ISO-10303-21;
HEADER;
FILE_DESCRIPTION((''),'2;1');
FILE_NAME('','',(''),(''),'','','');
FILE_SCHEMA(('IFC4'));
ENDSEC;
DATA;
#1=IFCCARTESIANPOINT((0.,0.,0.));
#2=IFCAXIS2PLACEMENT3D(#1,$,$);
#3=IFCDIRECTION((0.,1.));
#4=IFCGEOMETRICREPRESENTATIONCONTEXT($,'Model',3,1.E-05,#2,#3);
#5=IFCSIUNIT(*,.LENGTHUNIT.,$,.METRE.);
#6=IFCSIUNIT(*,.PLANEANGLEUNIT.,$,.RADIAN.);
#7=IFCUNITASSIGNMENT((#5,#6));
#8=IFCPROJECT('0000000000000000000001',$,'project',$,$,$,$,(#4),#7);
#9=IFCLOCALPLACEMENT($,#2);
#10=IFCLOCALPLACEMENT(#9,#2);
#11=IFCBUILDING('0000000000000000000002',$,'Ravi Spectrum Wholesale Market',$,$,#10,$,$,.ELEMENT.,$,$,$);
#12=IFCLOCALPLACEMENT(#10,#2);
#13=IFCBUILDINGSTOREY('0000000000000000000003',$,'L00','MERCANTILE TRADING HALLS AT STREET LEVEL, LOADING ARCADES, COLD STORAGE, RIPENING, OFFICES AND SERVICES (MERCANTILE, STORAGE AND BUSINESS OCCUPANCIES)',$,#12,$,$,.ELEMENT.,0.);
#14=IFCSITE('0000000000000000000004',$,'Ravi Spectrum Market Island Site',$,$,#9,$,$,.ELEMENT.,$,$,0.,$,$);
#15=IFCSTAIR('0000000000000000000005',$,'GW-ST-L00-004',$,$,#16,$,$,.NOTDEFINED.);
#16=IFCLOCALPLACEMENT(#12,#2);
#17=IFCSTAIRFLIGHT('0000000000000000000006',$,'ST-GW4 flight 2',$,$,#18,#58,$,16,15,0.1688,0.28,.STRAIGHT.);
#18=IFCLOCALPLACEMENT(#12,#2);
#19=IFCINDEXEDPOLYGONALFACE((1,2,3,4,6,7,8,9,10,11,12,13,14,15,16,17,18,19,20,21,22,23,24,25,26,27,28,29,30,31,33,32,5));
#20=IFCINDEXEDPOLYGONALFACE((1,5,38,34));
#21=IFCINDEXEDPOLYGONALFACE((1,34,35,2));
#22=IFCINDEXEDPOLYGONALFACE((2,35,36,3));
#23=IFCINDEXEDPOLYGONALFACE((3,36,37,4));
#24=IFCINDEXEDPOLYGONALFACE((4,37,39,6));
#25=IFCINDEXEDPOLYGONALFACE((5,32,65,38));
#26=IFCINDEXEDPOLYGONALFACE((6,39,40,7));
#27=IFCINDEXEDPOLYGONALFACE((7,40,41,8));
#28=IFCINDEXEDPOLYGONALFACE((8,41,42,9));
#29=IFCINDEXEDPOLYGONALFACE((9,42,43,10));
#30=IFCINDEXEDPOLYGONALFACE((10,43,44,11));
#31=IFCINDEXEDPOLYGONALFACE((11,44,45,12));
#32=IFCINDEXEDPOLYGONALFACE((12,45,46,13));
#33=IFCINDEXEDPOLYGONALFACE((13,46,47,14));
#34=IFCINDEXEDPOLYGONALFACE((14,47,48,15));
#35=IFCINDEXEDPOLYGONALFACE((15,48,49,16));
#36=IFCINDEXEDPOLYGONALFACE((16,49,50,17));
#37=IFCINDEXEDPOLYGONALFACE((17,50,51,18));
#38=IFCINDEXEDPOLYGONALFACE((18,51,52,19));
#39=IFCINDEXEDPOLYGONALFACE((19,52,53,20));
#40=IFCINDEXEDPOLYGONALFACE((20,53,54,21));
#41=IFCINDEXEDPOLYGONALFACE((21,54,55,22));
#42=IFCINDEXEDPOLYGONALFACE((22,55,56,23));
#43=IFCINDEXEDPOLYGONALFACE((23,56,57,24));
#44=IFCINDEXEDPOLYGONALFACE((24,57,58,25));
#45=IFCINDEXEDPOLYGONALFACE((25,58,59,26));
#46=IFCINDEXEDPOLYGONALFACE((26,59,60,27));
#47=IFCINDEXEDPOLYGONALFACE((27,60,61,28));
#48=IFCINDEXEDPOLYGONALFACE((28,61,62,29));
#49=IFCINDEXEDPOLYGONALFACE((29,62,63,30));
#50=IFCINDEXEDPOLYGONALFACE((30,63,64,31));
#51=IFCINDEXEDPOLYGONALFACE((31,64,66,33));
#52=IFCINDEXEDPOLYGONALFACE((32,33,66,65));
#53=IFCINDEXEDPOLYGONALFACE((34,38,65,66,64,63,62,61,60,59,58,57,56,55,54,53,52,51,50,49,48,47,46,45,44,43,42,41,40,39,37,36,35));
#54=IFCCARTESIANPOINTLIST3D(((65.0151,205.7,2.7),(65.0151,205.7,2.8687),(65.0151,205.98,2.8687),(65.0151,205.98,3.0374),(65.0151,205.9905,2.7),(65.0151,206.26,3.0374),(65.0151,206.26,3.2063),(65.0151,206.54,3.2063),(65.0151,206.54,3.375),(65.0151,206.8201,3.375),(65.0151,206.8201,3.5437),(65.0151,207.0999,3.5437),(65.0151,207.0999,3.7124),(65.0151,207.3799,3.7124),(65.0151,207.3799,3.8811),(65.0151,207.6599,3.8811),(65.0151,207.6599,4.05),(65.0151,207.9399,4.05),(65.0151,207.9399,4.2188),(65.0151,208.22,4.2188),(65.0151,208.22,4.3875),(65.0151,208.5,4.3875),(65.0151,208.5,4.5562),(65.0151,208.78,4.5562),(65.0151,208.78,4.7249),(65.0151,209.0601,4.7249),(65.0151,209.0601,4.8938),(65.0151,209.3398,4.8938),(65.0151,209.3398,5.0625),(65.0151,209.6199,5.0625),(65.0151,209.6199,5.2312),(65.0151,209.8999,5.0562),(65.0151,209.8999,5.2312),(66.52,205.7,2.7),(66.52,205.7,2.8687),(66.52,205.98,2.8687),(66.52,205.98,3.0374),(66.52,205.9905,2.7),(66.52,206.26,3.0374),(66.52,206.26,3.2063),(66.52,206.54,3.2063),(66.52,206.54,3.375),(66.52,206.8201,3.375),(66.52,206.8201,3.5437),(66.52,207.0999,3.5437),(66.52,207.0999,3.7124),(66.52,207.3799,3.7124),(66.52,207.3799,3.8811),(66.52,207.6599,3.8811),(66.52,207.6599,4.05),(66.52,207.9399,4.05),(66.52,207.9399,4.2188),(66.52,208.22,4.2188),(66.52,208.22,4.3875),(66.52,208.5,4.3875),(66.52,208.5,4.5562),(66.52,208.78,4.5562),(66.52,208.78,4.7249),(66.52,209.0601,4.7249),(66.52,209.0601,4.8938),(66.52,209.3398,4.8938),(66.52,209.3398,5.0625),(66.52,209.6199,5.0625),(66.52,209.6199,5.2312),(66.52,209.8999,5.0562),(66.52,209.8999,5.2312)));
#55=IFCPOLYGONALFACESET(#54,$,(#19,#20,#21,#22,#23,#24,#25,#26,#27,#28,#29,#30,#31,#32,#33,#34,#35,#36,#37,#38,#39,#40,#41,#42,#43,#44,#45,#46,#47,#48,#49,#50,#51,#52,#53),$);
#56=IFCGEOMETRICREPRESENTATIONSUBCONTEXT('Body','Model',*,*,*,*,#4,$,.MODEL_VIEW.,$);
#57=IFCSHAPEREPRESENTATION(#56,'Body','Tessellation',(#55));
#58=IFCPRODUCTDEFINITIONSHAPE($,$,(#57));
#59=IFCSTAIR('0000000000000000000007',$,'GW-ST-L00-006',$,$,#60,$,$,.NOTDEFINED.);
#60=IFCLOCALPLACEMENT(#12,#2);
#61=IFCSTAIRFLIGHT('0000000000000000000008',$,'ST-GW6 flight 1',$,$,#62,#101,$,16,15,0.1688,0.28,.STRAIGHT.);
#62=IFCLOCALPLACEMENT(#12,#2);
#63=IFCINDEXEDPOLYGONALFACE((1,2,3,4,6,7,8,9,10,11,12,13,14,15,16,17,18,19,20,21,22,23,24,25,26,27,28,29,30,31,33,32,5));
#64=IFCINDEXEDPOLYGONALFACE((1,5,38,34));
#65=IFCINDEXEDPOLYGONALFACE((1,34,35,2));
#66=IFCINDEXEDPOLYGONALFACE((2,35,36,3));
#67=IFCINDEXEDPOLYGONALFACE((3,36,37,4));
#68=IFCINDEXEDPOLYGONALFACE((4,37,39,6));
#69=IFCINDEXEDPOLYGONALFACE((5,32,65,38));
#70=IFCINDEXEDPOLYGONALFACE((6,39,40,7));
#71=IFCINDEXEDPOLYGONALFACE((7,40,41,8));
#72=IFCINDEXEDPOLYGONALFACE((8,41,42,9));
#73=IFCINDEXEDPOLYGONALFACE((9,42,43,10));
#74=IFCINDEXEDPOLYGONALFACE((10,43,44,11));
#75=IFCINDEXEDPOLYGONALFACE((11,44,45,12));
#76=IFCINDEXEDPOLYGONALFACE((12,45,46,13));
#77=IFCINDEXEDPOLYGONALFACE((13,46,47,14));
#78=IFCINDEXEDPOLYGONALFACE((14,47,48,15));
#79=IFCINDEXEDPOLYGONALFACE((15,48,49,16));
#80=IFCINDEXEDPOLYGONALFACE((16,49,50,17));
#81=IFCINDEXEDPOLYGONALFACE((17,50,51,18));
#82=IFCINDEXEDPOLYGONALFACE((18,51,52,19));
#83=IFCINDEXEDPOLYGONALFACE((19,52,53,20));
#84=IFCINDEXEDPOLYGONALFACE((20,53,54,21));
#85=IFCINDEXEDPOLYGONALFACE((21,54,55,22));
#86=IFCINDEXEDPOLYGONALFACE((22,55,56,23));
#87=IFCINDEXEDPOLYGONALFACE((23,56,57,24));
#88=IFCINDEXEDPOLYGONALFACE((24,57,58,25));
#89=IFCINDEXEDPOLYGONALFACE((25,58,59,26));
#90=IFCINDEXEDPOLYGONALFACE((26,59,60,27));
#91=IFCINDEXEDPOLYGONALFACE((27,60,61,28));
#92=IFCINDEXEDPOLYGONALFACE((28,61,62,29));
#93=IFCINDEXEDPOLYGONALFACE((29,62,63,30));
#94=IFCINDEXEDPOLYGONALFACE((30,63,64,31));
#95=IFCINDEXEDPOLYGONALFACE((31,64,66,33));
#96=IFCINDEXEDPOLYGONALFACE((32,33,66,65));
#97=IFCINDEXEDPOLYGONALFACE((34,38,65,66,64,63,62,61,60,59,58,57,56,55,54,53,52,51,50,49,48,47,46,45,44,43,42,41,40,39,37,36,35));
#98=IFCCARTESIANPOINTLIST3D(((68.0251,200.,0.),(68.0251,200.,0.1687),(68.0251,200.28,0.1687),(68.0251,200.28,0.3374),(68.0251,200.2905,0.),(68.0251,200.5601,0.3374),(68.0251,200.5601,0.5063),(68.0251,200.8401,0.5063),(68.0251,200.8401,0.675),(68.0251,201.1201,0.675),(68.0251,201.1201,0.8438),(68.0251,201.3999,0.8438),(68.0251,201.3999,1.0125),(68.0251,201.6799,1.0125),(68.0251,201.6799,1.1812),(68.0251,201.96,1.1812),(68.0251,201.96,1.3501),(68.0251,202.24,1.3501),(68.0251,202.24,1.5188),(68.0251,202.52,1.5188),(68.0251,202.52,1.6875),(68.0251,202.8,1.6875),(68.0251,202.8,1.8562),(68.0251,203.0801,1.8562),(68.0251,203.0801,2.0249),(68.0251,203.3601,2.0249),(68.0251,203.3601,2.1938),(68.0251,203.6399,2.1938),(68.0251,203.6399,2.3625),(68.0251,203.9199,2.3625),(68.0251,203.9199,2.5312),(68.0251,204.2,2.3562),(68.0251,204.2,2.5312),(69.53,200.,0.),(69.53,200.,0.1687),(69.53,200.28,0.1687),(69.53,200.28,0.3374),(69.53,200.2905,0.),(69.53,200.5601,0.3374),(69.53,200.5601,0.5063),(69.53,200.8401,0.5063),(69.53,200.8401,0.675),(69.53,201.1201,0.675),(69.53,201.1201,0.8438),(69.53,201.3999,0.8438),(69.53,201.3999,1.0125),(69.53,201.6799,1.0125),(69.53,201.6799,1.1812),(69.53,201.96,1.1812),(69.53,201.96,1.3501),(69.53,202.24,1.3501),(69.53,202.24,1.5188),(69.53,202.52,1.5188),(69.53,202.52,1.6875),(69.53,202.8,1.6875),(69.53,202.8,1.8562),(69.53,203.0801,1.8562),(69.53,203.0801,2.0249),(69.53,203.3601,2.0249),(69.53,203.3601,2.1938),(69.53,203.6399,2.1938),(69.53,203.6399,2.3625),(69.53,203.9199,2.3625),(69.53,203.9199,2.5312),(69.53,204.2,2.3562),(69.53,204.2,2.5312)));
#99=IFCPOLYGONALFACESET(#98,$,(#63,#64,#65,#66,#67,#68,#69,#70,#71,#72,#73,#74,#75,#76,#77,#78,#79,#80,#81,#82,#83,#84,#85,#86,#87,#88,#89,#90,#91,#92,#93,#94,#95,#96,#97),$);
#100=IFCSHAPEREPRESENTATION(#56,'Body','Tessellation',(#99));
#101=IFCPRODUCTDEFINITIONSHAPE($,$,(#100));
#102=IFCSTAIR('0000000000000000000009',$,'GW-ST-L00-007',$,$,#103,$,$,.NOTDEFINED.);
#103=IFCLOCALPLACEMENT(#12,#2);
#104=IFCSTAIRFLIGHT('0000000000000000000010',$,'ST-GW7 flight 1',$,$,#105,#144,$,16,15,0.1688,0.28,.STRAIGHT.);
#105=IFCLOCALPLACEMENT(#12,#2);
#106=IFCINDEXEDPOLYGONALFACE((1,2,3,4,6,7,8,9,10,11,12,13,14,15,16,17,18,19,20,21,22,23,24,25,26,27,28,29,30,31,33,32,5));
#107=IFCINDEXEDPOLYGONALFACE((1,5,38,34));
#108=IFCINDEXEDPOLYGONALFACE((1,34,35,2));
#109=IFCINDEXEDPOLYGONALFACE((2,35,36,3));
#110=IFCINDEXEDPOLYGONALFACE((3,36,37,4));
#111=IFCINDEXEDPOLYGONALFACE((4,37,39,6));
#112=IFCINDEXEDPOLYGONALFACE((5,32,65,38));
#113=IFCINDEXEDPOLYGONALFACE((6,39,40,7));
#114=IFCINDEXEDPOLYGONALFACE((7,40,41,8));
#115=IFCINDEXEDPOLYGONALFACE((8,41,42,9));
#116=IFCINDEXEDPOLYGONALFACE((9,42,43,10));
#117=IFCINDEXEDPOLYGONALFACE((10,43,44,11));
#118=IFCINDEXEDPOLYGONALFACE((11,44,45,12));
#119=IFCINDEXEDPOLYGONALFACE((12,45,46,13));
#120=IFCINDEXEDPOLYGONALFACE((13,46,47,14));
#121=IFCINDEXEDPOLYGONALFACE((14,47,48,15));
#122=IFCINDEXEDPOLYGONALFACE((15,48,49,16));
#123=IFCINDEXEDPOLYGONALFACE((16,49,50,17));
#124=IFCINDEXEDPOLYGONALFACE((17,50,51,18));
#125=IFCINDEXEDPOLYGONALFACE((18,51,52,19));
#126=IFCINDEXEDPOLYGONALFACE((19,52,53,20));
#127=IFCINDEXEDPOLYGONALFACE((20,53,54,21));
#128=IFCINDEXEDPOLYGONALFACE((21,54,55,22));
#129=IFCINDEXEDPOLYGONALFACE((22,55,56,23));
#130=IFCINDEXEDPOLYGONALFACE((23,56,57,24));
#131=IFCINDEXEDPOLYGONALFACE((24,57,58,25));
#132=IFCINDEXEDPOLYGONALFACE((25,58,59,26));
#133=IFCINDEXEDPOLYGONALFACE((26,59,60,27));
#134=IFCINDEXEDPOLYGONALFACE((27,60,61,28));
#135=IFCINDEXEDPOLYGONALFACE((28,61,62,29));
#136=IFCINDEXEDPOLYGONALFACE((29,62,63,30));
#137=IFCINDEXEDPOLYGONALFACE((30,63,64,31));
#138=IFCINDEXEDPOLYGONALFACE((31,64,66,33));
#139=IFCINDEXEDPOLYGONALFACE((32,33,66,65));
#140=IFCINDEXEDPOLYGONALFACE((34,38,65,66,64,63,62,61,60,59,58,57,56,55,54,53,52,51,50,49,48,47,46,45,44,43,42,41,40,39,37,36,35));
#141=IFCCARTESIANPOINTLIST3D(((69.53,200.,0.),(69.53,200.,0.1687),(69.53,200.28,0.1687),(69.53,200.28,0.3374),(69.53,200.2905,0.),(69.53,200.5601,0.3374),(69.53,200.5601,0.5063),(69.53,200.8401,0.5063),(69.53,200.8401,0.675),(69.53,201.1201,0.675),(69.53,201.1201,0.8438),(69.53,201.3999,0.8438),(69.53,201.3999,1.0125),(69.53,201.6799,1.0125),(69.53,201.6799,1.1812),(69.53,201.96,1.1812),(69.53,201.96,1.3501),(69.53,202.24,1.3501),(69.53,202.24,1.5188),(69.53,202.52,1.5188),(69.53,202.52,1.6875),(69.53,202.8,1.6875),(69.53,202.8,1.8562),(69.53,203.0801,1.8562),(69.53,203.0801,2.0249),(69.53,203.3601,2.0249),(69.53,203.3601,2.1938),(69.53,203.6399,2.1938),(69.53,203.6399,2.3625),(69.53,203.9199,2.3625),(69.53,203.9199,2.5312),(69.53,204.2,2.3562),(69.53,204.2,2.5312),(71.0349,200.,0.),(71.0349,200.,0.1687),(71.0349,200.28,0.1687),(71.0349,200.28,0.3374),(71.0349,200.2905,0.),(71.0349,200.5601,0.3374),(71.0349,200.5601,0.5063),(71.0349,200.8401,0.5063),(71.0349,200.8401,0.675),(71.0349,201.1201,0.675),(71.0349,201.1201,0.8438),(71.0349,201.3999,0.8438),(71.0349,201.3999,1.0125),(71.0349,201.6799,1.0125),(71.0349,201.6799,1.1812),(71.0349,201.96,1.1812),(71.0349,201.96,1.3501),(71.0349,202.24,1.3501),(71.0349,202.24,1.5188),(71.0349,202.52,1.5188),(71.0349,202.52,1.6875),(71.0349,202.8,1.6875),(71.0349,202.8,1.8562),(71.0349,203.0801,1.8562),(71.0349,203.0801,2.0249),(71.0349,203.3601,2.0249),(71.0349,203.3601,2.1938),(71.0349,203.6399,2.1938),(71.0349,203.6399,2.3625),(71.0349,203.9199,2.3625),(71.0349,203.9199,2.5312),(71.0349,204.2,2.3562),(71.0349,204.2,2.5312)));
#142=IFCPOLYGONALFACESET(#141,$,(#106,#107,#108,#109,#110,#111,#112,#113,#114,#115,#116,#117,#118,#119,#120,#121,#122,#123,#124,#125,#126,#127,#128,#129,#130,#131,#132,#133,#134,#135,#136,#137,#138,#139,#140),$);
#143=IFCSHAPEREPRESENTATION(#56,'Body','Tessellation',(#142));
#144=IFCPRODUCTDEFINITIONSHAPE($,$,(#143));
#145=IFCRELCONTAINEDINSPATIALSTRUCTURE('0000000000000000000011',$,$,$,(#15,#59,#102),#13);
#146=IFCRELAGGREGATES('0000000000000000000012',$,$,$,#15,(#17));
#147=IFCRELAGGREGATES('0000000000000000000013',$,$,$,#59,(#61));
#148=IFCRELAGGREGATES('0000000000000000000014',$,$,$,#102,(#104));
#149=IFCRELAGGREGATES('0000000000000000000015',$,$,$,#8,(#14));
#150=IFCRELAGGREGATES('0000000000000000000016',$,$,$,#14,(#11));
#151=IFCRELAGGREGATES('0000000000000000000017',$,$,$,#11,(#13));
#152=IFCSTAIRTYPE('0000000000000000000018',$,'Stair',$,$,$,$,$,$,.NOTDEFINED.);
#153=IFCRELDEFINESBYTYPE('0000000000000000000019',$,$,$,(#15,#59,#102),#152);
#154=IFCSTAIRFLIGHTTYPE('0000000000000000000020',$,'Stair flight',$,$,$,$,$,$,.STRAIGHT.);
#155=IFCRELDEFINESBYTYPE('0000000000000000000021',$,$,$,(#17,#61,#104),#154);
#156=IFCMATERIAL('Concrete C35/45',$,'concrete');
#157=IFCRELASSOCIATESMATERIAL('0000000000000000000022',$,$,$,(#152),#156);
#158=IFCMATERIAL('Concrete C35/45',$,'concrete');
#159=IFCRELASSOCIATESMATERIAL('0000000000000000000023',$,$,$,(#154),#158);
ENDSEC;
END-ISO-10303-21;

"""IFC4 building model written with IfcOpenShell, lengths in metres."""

from ifc_helpers import new_model, si_unit, direction, frame, origin, place, context, subcontext, project, spatial, polyline, outline, extrude, material, type_object, element, aggregate, save


model = new_model("IFC4")

# Units and contexts
model_context = context("Model", 3, precision=1e-05, world=origin(), true_north=direction((0.0, 1.0)))
body_context = subcontext(model_context, "Body", "Model", "MODEL_VIEW")
ifc_project = project(units=[si_unit("LENGTHUNIT", "METRE"), si_unit("PLANEANGLEUNIT", "RADIAN")], contexts=[model_context])

# Site, building, storey
site_placement = place(None, origin())
site = spatial("IfcSite", under=ifc_project, at=site_placement, Name="Ravi Spectrum Market Island Site", CompositionType="ELEMENT", RefElevation=0.0)
building_placement = place(site_placement, origin())
building = spatial("IfcBuilding", under=site, at=building_placement, Name="Ravi Spectrum Wholesale Market", CompositionType="ELEMENT")
storey_placement = place(building_placement, origin())
storey = spatial("IfcBuildingStorey", under=building, at=storey_placement, Name="L00", Description="MERCANTILE TRADING HALLS AT STREET LEVEL, LOADING ARCADES, COLD STORAGE, RIPENING, OFFICES AND SERVICES (MERCANTILE, STORAGE AND BUSINESS OCCUPANCIES)", CompositionType="ELEMENT", Elevation=0.0)

# Stairs, stair flights
ifc_material_1 = material(Name="Concrete C35/45", Category="concrete")
stair_type = type_object("IfcStairType", Name="Stair", PredefinedType="NOTDEFINED", material=ifc_material_1)
stair_1_placement = place(storey_placement, origin())
stair_1 = element("IfcStair", 1, at=stair_1_placement, inside=storey, type_object=stair_type, Name="GW-ST-L00-004", PredefinedType="NOTDEFINED")
ifc_material_2 = material(Name="Concrete C35/45", Category="concrete")
stair_flight_type = type_object("IfcStairFlightType", Name="Stair flight", PredefinedType="STRAIGHT", material=ifc_material_2)
stair_flight_1_placement = place(storey_placement, frame((65.7676, 205.7, 2.7), z_axis=(0.0, 0.0, 1.0), x_axis=(0.0, 1.0, 0.0)))
stair_flight_1 = element("IfcStairFlight", 2, at=stair_flight_1_placement, type_object=stair_flight_type, Name="ST-GW4 flight 2", NumberOfRisers=16, NumberOfTreads=15, PredefinedType="STRAIGHT", RiserHeight=0.1688, TreadLength=0.28, context=body_context, shape_type="SweptSolid", body=[
    extrude(outline(polyline([(0.0, 0.0), (0.0, 0.1687), (0.28, 0.1687), (0.28, 0.3374), (0.5601, 0.3374), (0.5601, 0.5063), (0.8401, 0.5063), (0.8401, 0.675), (1.1201, 0.675), (1.1201, 0.8438), (1.3999, 0.8438), (1.3999, 1.0125), (1.6799, 1.0125), (1.6799, 1.1812), (1.96, 1.1812), (1.96, 1.3501), (2.24, 1.3501), (2.24, 1.5188), (2.52, 1.5188), (2.52, 1.6875), (2.8, 1.6875), (2.8, 1.8562), (3.0801, 1.8562), (3.0801, 2.0249), (3.3601, 2.0249), (3.3601, 2.1938), (3.6399, 2.1938), (3.6399, 2.3625), (3.9199, 2.3625), (3.9199, 2.5312), (4.2, 2.5312), (4.2, 2.7), (4.2, 2.3562), (0.2905, 0.0), (0.0, 0.0)])), frame((0.0, 0.7524, 0.0), z_axis=(0.0, -1.0, 0.0), x_axis=(1.0, 0.0, 0.0)), (0.0, 0.0, 1.0), 1.5049),
])
aggregate(stair_1, [stair_flight_1])
stair_2_placement = place(storey_placement, origin())
stair_2 = element("IfcStair", 3, at=stair_2_placement, inside=storey, type_object=stair_type, Name="GW-ST-L00-006", PredefinedType="NOTDEFINED")
stair_flight_2_placement = place(storey_placement, frame((68.7776, 200.0, 0.0), z_axis=(0.0, 0.0, 1.0), x_axis=(0.0, 1.0, 0.0)))
stair_flight_2 = element("IfcStairFlight", 4, at=stair_flight_2_placement, type_object=stair_flight_type, Name="ST-GW6 flight 1", NumberOfRisers=16, NumberOfTreads=15, PredefinedType="STRAIGHT", RiserHeight=0.1688, TreadLength=0.28, context=body_context, shape_type="SweptSolid", body=[
    extrude(outline(polyline([(0.0, 0.0), (0.0, 0.1687), (0.28, 0.1687), (0.28, 0.3374), (0.5601, 0.3374), (0.5601, 0.5063), (0.8401, 0.5063), (0.8401, 0.675), (1.1201, 0.675), (1.1201, 0.8438), (1.3999, 0.8438), (1.3999, 1.0125), (1.6799, 1.0125), (1.6799, 1.1812), (1.96, 1.1812), (1.96, 1.3501), (2.24, 1.3501), (2.24, 1.5188), (2.52, 1.5188), (2.52, 1.6875), (2.8, 1.6875), (2.8, 1.8562), (3.0801, 1.8562), (3.0801, 2.0249), (3.3601, 2.0249), (3.3601, 2.1938), (3.6399, 2.1938), (3.6399, 2.3625), (3.9199, 2.3625), (3.9199, 2.5312), (4.2, 2.5312), (4.2, 2.7), (4.2, 2.3562), (0.2905, 0.0), (0.0, 0.0)])), frame((0.0, 0.7524, 0.0), z_axis=(0.0, -1.0, 0.0), x_axis=(1.0, 0.0, 0.0)), (0.0, 0.0, 1.0), 1.5049),
])
aggregate(stair_2, [stair_flight_2])
stair_3_placement = place(storey_placement, origin())
stair_3 = element("IfcStair", 5, at=stair_3_placement, inside=storey, type_object=stair_type, Name="GW-ST-L00-007", PredefinedType="NOTDEFINED")
stair_flight_3_placement = place(storey_placement, frame((70.2825, 200.0, 0.0), z_axis=(0.0, 0.0, 1.0), x_axis=(0.0, 1.0, 0.0)))
stair_flight_3 = element("IfcStairFlight", 6, at=stair_flight_3_placement, type_object=stair_flight_type, Name="ST-GW7 flight 1", NumberOfRisers=16, NumberOfTreads=15, PredefinedType="STRAIGHT", RiserHeight=0.1688, TreadLength=0.28, context=body_context, shape_type="SweptSolid", body=[
    extrude(outline(polyline([(0.0, 0.0), (0.0, 0.1687), (0.28, 0.1687), (0.28, 0.3374), (0.5601, 0.3374), (0.5601, 0.5063), (0.8401, 0.5063), (0.8401, 0.675), (1.1201, 0.675), (1.1201, 0.8438), (1.3999, 0.8438), (1.3999, 1.0125), (1.6799, 1.0125), (1.6799, 1.1812), (1.96, 1.1812), (1.96, 1.3501), (2.24, 1.3501), (2.24, 1.5188), (2.52, 1.5188), (2.52, 1.6875), (2.8, 1.6875), (2.8, 1.8562), (3.0801, 1.8562), (3.0801, 2.0249), (3.3601, 2.0249), (3.3601, 2.1938), (3.6399, 2.1938), (3.6399, 2.3625), (3.9199, 2.3625), (3.9199, 2.5312), (4.2, 2.5312), (4.2, 2.7), (4.2, 2.3562), (0.2905, 0.0), (0.0, 0.0)])), frame((0.0, 0.7524, 0.0), z_axis=(0.0, -1.0, 0.0), x_axis=(1.0, 0.0, 0.0)), (0.0, 0.0, 1.0), 1.5049),
])
aggregate(stair_3, [stair_flight_3])

save(model, "model.ifc")
